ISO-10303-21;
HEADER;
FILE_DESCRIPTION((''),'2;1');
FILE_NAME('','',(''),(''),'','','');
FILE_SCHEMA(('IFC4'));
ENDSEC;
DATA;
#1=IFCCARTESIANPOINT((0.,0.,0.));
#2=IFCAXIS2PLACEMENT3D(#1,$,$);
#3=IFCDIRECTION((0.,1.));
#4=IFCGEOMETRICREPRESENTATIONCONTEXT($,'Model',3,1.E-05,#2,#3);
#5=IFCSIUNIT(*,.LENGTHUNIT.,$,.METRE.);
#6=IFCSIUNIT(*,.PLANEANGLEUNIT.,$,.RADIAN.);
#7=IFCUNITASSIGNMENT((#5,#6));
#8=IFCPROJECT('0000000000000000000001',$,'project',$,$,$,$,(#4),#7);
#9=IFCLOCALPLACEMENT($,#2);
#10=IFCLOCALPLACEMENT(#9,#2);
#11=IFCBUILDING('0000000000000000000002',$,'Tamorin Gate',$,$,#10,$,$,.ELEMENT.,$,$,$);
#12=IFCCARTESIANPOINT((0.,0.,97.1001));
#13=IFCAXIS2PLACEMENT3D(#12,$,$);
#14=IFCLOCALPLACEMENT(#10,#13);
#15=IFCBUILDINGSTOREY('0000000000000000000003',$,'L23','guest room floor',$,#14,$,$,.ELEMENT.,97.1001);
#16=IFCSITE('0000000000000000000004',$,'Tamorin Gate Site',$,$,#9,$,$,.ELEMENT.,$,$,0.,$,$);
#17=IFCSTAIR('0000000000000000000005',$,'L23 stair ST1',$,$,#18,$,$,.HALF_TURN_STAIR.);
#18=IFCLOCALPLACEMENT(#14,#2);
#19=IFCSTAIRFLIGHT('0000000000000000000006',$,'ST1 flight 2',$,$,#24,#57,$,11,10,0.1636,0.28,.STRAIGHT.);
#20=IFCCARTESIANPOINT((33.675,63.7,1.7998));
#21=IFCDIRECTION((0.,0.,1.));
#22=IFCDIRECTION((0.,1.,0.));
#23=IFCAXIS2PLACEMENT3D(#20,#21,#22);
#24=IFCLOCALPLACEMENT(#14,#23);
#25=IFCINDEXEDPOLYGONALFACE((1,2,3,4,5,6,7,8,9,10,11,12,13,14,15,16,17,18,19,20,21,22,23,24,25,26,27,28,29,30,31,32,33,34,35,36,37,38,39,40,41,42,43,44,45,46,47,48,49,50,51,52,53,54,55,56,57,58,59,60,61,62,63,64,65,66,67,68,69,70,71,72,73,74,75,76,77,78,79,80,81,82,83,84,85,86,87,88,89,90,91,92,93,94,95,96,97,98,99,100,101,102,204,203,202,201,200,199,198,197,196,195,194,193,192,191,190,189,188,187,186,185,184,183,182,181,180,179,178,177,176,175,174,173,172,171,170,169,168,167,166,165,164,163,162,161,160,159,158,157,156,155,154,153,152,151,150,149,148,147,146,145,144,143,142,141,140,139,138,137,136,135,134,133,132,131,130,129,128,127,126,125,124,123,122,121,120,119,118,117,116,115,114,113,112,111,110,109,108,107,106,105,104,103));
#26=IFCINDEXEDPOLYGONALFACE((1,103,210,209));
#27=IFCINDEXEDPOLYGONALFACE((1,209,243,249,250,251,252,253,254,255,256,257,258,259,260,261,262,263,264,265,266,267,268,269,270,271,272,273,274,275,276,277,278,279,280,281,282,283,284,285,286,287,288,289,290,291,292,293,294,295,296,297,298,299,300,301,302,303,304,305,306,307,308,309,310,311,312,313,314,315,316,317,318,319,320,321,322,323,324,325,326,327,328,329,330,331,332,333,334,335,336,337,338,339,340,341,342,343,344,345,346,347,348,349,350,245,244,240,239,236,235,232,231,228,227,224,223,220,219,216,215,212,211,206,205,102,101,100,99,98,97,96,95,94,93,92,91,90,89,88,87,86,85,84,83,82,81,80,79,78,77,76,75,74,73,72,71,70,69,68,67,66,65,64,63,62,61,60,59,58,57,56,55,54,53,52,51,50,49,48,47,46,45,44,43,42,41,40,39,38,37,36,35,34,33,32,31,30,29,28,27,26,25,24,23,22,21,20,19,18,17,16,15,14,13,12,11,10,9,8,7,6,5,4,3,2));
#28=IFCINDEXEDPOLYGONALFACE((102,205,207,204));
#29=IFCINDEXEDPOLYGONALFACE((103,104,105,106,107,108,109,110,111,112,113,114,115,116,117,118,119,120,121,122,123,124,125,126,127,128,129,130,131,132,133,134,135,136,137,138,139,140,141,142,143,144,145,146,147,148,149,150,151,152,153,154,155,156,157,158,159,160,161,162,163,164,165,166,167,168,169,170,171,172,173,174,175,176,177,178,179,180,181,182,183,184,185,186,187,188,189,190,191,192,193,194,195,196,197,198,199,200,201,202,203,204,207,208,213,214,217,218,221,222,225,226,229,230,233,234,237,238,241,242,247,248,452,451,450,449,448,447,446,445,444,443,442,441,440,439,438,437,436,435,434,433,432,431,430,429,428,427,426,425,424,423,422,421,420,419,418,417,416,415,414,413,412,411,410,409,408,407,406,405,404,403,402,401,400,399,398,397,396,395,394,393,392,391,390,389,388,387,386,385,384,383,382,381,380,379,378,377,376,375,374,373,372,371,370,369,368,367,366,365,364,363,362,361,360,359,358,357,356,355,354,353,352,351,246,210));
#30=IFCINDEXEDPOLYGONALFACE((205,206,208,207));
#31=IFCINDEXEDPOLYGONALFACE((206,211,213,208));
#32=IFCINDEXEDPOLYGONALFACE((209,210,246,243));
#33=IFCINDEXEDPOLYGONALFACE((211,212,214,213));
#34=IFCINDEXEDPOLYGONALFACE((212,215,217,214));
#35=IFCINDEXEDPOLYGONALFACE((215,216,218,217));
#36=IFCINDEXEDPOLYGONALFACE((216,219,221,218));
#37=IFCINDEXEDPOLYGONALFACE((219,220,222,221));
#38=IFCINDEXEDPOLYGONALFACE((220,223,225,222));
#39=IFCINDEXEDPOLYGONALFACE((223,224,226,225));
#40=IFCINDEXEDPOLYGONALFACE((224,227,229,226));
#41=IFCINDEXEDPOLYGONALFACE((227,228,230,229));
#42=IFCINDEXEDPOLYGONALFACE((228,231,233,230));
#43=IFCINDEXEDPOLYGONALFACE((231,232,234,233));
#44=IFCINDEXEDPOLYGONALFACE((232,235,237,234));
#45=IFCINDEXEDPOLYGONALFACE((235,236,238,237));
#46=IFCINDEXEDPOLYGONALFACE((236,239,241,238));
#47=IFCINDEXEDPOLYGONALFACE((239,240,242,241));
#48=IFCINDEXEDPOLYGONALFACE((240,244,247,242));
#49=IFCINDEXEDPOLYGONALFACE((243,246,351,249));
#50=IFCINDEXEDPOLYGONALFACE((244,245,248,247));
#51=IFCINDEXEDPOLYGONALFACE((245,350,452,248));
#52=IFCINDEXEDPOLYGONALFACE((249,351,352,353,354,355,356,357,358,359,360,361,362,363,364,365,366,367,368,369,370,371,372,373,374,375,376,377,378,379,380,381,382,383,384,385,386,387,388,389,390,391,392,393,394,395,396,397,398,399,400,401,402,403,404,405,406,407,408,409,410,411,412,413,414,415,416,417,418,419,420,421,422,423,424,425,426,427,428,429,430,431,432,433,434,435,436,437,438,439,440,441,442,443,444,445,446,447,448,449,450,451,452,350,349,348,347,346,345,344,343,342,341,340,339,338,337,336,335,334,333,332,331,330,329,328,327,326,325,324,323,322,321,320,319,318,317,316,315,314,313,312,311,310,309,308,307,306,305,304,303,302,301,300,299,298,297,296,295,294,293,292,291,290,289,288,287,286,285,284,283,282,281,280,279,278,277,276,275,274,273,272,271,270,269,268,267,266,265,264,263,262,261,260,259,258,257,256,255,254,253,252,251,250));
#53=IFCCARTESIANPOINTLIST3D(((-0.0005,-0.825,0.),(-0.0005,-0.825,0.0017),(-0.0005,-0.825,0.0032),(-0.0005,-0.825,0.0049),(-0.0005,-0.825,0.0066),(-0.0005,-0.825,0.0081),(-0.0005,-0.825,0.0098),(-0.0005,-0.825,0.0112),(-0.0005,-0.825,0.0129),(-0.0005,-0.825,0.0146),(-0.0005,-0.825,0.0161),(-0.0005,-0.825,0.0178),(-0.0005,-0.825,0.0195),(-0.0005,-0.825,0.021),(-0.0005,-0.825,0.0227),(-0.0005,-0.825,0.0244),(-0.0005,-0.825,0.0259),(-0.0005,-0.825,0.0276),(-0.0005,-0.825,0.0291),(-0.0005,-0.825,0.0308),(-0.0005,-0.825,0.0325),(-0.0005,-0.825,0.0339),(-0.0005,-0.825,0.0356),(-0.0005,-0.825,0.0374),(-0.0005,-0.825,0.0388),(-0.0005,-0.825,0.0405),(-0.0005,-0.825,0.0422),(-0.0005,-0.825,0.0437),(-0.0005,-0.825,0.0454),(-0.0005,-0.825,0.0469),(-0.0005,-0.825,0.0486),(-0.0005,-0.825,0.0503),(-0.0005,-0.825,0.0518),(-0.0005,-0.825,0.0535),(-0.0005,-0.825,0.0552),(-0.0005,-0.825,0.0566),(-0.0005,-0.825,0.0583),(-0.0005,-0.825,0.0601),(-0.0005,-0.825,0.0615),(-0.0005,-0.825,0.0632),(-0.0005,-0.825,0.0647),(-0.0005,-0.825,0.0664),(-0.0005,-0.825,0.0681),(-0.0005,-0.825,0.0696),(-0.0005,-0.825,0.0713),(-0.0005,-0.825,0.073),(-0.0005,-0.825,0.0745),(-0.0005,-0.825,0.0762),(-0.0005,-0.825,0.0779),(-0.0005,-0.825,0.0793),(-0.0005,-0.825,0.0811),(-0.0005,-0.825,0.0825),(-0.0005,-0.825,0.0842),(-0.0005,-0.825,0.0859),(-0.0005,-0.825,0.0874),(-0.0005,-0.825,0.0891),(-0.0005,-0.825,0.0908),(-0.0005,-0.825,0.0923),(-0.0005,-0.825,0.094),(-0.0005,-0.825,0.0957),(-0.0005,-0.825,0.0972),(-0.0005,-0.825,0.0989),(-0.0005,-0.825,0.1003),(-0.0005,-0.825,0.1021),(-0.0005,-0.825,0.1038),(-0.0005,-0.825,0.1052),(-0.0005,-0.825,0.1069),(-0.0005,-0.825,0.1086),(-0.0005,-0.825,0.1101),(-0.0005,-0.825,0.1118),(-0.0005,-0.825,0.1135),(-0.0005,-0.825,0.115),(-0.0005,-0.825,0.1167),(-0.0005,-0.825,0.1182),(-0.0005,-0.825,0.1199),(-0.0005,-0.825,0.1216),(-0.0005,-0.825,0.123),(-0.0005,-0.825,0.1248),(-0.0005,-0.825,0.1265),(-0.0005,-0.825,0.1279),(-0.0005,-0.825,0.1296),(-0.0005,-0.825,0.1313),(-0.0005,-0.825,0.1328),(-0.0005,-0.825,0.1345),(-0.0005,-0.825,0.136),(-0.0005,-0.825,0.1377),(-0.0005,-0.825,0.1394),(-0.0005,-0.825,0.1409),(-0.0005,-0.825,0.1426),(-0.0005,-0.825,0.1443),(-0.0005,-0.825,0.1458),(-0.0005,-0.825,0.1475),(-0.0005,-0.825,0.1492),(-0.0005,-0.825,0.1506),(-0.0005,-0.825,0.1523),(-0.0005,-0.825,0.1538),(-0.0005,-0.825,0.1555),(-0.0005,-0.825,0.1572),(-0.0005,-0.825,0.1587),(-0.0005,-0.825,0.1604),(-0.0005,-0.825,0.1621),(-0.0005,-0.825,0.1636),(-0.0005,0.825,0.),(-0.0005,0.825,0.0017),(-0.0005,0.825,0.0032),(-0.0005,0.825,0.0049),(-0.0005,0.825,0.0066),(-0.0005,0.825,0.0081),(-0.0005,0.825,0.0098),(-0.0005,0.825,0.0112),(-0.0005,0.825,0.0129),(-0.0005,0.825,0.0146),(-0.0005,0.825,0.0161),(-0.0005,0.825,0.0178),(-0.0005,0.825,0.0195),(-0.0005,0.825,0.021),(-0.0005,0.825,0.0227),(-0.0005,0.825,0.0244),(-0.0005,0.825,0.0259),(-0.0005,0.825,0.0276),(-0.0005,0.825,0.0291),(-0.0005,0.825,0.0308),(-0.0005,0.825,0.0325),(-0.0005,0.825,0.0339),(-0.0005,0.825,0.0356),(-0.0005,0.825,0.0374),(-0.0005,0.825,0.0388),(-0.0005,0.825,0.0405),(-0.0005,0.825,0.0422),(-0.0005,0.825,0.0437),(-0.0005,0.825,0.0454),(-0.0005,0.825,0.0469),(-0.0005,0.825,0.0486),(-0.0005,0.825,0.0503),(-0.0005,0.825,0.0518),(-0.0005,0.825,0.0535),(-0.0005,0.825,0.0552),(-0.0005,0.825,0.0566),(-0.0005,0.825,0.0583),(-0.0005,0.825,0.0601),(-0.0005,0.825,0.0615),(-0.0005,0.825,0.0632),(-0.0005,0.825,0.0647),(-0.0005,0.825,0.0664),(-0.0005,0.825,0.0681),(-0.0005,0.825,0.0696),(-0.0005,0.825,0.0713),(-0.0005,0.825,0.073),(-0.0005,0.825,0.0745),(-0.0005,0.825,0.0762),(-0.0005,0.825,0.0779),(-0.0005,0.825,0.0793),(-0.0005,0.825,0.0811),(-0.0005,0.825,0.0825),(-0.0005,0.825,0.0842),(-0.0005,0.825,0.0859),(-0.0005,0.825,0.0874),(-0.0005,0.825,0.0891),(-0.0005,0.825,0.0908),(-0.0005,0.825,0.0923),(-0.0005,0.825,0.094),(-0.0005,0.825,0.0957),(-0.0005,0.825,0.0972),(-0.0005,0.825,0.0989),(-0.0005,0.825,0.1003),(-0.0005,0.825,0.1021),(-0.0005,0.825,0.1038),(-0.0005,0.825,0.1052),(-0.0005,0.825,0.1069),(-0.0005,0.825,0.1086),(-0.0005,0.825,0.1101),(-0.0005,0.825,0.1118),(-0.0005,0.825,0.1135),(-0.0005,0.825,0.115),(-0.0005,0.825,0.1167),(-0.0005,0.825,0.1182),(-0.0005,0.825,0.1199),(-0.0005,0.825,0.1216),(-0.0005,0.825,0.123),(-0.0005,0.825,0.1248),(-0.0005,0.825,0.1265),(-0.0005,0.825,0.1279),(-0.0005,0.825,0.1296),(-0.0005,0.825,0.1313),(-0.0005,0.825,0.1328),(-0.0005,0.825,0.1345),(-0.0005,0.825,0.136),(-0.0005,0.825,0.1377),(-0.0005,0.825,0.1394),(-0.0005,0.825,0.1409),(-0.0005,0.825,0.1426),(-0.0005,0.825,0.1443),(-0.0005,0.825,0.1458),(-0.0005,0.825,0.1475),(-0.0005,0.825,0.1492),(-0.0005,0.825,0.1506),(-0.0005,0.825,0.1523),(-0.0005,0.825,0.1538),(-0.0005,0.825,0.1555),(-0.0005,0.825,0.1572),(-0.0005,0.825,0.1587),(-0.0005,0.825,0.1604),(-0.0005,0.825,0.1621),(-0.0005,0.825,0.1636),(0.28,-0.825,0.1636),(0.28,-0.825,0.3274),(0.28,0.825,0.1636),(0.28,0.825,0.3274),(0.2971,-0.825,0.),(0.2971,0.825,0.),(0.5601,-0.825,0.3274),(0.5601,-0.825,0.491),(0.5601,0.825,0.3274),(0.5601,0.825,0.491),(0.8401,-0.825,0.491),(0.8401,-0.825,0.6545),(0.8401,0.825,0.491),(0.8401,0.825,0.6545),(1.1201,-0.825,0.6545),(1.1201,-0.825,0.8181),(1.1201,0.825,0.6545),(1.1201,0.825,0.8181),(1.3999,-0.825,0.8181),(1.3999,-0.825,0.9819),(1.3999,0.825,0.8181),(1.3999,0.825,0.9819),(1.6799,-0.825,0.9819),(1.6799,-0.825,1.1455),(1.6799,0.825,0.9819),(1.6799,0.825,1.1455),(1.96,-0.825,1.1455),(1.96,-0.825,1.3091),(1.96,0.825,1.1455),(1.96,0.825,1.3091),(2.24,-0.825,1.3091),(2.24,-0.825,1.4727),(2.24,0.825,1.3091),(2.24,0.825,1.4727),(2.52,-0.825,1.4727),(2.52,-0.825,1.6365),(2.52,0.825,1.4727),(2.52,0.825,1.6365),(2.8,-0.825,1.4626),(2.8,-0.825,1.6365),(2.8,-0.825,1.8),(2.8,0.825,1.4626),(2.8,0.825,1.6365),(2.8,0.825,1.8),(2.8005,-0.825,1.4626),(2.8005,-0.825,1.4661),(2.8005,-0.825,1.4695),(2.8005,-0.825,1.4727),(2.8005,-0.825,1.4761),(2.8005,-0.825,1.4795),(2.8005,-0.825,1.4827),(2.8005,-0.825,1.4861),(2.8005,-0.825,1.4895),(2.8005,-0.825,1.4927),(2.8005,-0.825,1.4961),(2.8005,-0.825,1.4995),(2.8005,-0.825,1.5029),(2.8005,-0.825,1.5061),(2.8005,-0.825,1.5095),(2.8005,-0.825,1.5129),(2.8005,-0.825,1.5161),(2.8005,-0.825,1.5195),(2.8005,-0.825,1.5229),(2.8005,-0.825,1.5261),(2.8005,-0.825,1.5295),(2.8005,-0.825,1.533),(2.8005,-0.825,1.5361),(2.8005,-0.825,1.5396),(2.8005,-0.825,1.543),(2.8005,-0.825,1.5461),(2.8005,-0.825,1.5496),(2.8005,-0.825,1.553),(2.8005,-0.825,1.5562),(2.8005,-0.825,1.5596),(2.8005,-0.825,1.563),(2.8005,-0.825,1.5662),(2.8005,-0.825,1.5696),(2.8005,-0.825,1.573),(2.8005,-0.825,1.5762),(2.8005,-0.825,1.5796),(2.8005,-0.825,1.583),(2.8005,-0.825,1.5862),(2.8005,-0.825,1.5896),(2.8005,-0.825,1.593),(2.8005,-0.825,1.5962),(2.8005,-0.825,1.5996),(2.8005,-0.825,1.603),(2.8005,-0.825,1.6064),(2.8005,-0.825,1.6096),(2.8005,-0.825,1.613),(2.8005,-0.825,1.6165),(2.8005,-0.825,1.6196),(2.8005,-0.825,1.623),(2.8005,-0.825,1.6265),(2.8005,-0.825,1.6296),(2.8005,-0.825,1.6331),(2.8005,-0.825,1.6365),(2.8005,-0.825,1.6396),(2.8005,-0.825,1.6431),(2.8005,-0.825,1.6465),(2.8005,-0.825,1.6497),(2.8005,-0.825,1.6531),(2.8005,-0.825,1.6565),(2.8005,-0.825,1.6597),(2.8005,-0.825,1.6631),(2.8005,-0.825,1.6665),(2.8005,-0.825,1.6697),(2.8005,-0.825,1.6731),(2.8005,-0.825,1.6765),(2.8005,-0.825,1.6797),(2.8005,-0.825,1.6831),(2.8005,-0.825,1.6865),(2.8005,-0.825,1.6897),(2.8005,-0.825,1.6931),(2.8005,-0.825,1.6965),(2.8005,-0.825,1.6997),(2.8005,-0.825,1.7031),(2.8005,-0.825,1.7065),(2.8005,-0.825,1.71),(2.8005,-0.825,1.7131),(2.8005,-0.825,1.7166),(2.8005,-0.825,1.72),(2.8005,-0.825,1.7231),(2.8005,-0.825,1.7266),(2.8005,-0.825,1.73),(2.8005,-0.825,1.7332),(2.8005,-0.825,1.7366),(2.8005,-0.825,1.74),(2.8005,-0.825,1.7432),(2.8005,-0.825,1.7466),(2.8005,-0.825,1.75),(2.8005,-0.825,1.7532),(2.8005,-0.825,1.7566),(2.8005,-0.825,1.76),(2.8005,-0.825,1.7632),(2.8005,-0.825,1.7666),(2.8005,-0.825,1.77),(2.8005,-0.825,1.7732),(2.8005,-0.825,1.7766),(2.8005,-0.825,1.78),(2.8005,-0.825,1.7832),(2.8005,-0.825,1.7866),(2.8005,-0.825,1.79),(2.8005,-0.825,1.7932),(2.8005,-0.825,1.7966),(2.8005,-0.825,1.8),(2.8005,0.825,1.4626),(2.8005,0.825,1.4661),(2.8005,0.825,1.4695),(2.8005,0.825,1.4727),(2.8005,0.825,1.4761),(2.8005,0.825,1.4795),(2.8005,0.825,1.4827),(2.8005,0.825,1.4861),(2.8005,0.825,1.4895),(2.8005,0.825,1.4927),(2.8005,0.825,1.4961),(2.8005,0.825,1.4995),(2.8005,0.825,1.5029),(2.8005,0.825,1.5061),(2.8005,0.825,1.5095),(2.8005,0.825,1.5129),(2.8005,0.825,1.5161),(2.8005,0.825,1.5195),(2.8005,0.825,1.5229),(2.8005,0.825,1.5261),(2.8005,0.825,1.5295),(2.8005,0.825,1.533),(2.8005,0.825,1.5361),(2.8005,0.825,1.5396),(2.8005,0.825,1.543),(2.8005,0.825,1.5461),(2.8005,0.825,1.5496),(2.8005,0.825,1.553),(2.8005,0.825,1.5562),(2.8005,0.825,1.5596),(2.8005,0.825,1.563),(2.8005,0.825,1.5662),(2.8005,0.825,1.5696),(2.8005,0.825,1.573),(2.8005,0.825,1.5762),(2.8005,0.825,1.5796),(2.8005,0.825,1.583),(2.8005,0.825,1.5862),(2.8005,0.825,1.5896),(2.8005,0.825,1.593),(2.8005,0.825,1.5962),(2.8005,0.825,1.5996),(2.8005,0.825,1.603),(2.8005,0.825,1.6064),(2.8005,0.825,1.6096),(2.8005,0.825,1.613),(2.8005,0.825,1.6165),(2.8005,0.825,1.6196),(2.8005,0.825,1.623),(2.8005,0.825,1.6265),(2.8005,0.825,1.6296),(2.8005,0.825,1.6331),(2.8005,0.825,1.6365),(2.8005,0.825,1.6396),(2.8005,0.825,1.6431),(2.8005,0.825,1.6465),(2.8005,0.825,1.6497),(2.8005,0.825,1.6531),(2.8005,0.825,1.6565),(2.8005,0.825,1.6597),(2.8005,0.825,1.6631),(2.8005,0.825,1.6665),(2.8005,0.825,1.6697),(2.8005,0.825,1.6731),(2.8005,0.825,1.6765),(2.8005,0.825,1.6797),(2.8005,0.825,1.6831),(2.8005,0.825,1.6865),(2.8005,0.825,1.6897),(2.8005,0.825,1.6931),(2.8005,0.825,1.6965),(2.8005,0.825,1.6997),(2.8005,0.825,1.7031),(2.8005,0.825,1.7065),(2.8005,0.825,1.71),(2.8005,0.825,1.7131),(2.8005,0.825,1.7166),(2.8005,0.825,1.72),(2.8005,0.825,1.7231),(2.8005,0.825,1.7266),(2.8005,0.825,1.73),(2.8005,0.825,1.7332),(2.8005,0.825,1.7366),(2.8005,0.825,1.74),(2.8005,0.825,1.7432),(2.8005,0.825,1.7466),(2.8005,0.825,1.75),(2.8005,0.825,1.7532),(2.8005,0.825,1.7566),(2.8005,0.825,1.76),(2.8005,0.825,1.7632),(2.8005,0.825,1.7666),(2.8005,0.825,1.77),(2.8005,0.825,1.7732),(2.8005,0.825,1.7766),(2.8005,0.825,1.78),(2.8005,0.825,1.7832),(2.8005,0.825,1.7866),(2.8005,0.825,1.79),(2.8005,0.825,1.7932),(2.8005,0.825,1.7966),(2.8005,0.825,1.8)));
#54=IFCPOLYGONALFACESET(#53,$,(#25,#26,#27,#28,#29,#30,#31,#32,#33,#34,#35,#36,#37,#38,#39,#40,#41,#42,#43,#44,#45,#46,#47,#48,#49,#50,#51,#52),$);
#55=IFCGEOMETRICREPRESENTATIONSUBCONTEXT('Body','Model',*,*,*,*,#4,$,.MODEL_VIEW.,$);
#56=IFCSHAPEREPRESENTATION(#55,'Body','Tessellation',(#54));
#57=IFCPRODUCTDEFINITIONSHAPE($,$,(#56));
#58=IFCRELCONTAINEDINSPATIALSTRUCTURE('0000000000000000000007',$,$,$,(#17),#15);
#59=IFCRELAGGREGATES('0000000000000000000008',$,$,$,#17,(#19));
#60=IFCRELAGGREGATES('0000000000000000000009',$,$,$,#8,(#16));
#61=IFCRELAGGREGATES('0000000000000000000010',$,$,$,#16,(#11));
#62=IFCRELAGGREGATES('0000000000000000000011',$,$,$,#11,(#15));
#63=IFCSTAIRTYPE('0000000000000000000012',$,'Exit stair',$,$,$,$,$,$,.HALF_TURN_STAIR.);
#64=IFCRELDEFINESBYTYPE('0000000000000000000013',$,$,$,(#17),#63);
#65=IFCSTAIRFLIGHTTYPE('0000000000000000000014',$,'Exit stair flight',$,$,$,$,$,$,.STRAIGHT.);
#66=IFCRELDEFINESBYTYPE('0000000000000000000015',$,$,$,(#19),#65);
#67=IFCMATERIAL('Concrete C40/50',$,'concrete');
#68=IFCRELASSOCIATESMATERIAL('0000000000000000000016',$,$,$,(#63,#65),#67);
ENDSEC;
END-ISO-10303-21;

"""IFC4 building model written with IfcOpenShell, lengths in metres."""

from ifc_helpers import new_model, si_unit, direction, frame, origin, place, context, subcontext, project, spatial, polyline, outline, extrude, material, type_object, element, aggregate, save


model = new_model("IFC4")

# Units and contexts
model_context = context("Model", 3, precision=1e-05, world=origin(), true_north=direction((0.0, 1.0)))
body_context = subcontext(model_context, "Body", "Model", "MODEL_VIEW")
ifc_project = project(units=[si_unit("LENGTHUNIT", "METRE"), si_unit("PLANEANGLEUNIT", "RADIAN")], contexts=[model_context])

# Site, building, storey
site_placement = place(None, origin())
site = spatial("IfcSite", under=ifc_project, at=site_placement, Name="Tamorin Gate Site", CompositionType="ELEMENT", RefElevation=0.0)
building_placement = place(site_placement, origin())
building = spatial("IfcBuilding", under=site, at=building_placement, Name="Tamorin Gate", CompositionType="ELEMENT")
storey_placement = place(building_placement, frame((0.0, 0.0, 97.1001)))
storey = spatial("IfcBuildingStorey", under=building, at=storey_placement, Name="L23", Description="guest room floor", CompositionType="ELEMENT", Elevation=97.1001)

# Shared definitions
ifc_material_1 = material(Name="Concrete C40/50", Category="concrete")

# Stair, stair flight
stair_type = type_object("IfcStairType", Name="Exit stair", PredefinedType="HALF_TURN_STAIR", material=ifc_material_1)
stair_placement = place(storey_placement, origin())
stair = element("IfcStair", 1, at=stair_placement, inside=storey, type_object=stair_type, Name="L23 stair ST1", PredefinedType="HALF_TURN_STAIR")
stair_flight_type = type_object("IfcStairFlightType", Name="Exit stair flight", PredefinedType="STRAIGHT", material=ifc_material_1)
stair_flight_1_placement = place(storey_placement, frame((33.675, 63.7, 1.7998), z_axis=(0.0, 0.0, 1.0), x_axis=(0.0, 1.0, 0.0)))
stair_flight_1 = element("IfcStairFlight", 2, at=stair_flight_1_placement, type_object=stair_flight_type, Name="ST1 flight 2", NumberOfRisers=11, NumberOfTreads=10, PredefinedType="STRAIGHT", RiserHeight=0.1636, TreadLength=0.28, context=body_context, shape_type="SweptSolid", body=[
    extrude(outline(polyline([(-0.0005, 0.0), (-0.0005, 0.0017), (-0.0005, 0.0032), (-0.0005, 0.0049), (-0.0005, 0.0066), (-0.0005, 0.0081), (-0.0005, 0.0098), (-0.0005, 0.0112), (-0.0005, 0.0129), (-0.0005, 0.0146), (-0.0005, 0.0161), (-0.0005, 0.0178), (-0.0005, 0.0195), (-0.0005, 0.021), (-0.0005, 0.0227), (-0.0005, 0.0244), (-0.0005, 0.0259), (-0.0005, 0.0276), (-0.0005, 0.0291), (-0.0005, 0.0308), (-0.0005, 0.0325), (-0.0005, 0.0339), (-0.0005, 0.0356), (-0.0005, 0.0374), (-0.0005, 0.0388), (-0.0005, 0.0405), (-0.0005, 0.0422), (-0.0005, 0.0437), (-0.0005, 0.0454), (-0.0005, 0.0469), (-0.0005, 0.0486), (-0.0005, 0.0503), (-0.0005, 0.0518), (-0.0005, 0.0535), (-0.0005, 0.0552), (-0.0005, 0.0566), (-0.0005, 0.0583), (-0.0005, 0.0601), (-0.0005, 0.0615), (-0.0005, 0.0632), (-0.0005, 0.0647), (-0.0005, 0.0664), (-0.0005, 0.0681), (-0.0005, 0.0696), (-0.0005, 0.0713), (-0.0005, 0.073), (-0.0005, 0.0745), (-0.0005, 0.0762), (-0.0005, 0.0779), (-0.0005, 0.0793), (-0.0005, 0.0811), (-0.0005, 0.0825), (-0.0005, 0.0842), (-0.0005, 0.0859), (-0.0005, 0.0874), (-0.0005, 0.0891), (-0.0005, 0.0908), (-0.0005, 0.0923), (-0.0005, 0.094), (-0.0005, 0.0957), (-0.0005, 0.0972), (-0.0005, 0.0989), (-0.0005, 0.1003), (-0.0005, 0.1021), (-0.0005, 0.1038), (-0.0005, 0.1052), (-0.0005, 0.1069), (-0.0005, 0.1086), (-0.0005, 0.1101), (-0.0005, 0.1118), (-0.0005, 0.1135), (-0.0005, 0.115), (-0.0005, 0.1167), (-0.0005, 0.1182), (-0.0005, 0.1199), (-0.0005, 0.1216), (-0.0005, 0.123), (-0.0005, 0.1248), (-0.0005, 0.1265), (-0.0005, 0.1279), (-0.0005, 0.1296), (-0.0005, 0.1313), (-0.0005, 0.1328), (-0.0005, 0.1345), (-0.0005, 0.136), (-0.0005, 0.1377), (-0.0005, 0.1394), (-0.0005, 0.1409), (-0.0005, 0.1426), (-0.0005, 0.1443), (-0.0005, 0.1458), (-0.0005, 0.1475), (-0.0005, 0.1492), (-0.0005, 0.1506), (-0.0005, 0.1523), (-0.0005, 0.1538), (-0.0005, 0.1555), (-0.0005, 0.1572), (-0.0005, 0.1587), (-0.0005, 0.1604), (-0.0005, 0.1621), (-0.0005, 0.1636), (0.28, 0.1636), (0.28, 0.3274), (0.5601, 0.3274), (0.5601, 0.491), (0.8401, 0.491), (0.8401, 0.6545), (1.1201, 0.6545), (1.1201, 0.8181), (1.3999, 0.8181), (1.3999, 0.9819), (1.6799, 0.9819), (1.6799, 1.1455), (1.96, 1.1455), (1.96, 1.3091), (2.24, 1.3091), (2.24, 1.4727), (2.52, 1.4727), (2.52, 1.6365), (2.8, 1.6365), (2.8, 1.8), (2.8005, 1.8), (2.8005, 1.7966), (2.8005, 1.7932), (2.8005, 1.79), (2.8005, 1.7866), (2.8005, 1.7832), (2.8005, 1.78), (2.8005, 1.7766), (2.8005, 1.7732), (2.8005, 1.77), (2.8005, 1.7666), (2.8005, 1.7632), (2.8005, 1.76), (2.8005, 1.7566), (2.8005, 1.7532), (2.8005, 1.75), (2.8005, 1.7466), (2.8005, 1.7432), (2.8005, 1.74), (2.8005, 1.7366), (2.8005, 1.7332), (2.8005, 1.73), (2.8005, 1.7266), (2.8005, 1.7231), (2.8005, 1.72), (2.8005, 1.7166), (2.8005, 1.7131), (2.8005, 1.71), (2.8005, 1.7065), (2.8005, 1.7031), (2.8005, 1.6997), (2.8005, 1.6965), (2.8005, 1.6931), (2.8005, 1.6897), (2.8005, 1.6865), (2.8005, 1.6831), (2.8005, 1.6797), (2.8005, 1.6765), (2.8005, 1.6731), (2.8005, 1.6697), (2.8005, 1.6665), (2.8005, 1.6631), (2.8005, 1.6597), (2.8005, 1.6565), (2.8005, 1.6531), (2.8005, 1.6497), (2.8005, 1.6465), (2.8005, 1.6431), (2.8005, 1.6396), (2.8005, 1.6365), (2.8005, 1.6331), (2.8005, 1.6296), (2.8005, 1.6265), (2.8005, 1.623), (2.8005, 1.6196), (2.8005, 1.6165), (2.8005, 1.613), (2.8005, 1.6096), (2.8005, 1.6064), (2.8005, 1.603), (2.8005, 1.5996), (2.8005, 1.5962), (2.8005, 1.593), (2.8005, 1.5896), (2.8005, 1.5862), (2.8005, 1.583), (2.8005, 1.5796), (2.8005, 1.5762), (2.8005, 1.573), (2.8005, 1.5696), (2.8005, 1.5662), (2.8005, 1.563), (2.8005, 1.5596), (2.8005, 1.5562), (2.8005, 1.553), (2.8005, 1.5496), (2.8005, 1.5461), (2.8005, 1.543), (2.8005, 1.5396), (2.8005, 1.5361), (2.8005, 1.533), (2.8005, 1.5295), (2.8005, 1.5261), (2.8005, 1.5229), (2.8005, 1.5195), (2.8005, 1.5161), (2.8005, 1.5129), (2.8005, 1.5095), (2.8005, 1.5061), (2.8005, 1.5029), (2.8005, 1.4995), (2.8005, 1.4961), (2.8005, 1.4927), (2.8005, 1.4895), (2.8005, 1.4861), (2.8005, 1.4827), (2.8005, 1.4795), (2.8005, 1.4761), (2.8005, 1.4727), (2.8005, 1.4695), (2.8005, 1.4661), (2.8005, 1.4626), (2.8, 1.4626), (0.2971, 0.0), (-0.0005, 0.0)])), frame((0.0, 0.825, 0.0), z_axis=(0.0, -1.0, 0.0), x_axis=(1.0, 0.0, 0.0)), (0.0, 0.0, 1.0), 1.6499),
])
aggregate(stair, [stair_flight_1])

save(model, "model.ifc")
